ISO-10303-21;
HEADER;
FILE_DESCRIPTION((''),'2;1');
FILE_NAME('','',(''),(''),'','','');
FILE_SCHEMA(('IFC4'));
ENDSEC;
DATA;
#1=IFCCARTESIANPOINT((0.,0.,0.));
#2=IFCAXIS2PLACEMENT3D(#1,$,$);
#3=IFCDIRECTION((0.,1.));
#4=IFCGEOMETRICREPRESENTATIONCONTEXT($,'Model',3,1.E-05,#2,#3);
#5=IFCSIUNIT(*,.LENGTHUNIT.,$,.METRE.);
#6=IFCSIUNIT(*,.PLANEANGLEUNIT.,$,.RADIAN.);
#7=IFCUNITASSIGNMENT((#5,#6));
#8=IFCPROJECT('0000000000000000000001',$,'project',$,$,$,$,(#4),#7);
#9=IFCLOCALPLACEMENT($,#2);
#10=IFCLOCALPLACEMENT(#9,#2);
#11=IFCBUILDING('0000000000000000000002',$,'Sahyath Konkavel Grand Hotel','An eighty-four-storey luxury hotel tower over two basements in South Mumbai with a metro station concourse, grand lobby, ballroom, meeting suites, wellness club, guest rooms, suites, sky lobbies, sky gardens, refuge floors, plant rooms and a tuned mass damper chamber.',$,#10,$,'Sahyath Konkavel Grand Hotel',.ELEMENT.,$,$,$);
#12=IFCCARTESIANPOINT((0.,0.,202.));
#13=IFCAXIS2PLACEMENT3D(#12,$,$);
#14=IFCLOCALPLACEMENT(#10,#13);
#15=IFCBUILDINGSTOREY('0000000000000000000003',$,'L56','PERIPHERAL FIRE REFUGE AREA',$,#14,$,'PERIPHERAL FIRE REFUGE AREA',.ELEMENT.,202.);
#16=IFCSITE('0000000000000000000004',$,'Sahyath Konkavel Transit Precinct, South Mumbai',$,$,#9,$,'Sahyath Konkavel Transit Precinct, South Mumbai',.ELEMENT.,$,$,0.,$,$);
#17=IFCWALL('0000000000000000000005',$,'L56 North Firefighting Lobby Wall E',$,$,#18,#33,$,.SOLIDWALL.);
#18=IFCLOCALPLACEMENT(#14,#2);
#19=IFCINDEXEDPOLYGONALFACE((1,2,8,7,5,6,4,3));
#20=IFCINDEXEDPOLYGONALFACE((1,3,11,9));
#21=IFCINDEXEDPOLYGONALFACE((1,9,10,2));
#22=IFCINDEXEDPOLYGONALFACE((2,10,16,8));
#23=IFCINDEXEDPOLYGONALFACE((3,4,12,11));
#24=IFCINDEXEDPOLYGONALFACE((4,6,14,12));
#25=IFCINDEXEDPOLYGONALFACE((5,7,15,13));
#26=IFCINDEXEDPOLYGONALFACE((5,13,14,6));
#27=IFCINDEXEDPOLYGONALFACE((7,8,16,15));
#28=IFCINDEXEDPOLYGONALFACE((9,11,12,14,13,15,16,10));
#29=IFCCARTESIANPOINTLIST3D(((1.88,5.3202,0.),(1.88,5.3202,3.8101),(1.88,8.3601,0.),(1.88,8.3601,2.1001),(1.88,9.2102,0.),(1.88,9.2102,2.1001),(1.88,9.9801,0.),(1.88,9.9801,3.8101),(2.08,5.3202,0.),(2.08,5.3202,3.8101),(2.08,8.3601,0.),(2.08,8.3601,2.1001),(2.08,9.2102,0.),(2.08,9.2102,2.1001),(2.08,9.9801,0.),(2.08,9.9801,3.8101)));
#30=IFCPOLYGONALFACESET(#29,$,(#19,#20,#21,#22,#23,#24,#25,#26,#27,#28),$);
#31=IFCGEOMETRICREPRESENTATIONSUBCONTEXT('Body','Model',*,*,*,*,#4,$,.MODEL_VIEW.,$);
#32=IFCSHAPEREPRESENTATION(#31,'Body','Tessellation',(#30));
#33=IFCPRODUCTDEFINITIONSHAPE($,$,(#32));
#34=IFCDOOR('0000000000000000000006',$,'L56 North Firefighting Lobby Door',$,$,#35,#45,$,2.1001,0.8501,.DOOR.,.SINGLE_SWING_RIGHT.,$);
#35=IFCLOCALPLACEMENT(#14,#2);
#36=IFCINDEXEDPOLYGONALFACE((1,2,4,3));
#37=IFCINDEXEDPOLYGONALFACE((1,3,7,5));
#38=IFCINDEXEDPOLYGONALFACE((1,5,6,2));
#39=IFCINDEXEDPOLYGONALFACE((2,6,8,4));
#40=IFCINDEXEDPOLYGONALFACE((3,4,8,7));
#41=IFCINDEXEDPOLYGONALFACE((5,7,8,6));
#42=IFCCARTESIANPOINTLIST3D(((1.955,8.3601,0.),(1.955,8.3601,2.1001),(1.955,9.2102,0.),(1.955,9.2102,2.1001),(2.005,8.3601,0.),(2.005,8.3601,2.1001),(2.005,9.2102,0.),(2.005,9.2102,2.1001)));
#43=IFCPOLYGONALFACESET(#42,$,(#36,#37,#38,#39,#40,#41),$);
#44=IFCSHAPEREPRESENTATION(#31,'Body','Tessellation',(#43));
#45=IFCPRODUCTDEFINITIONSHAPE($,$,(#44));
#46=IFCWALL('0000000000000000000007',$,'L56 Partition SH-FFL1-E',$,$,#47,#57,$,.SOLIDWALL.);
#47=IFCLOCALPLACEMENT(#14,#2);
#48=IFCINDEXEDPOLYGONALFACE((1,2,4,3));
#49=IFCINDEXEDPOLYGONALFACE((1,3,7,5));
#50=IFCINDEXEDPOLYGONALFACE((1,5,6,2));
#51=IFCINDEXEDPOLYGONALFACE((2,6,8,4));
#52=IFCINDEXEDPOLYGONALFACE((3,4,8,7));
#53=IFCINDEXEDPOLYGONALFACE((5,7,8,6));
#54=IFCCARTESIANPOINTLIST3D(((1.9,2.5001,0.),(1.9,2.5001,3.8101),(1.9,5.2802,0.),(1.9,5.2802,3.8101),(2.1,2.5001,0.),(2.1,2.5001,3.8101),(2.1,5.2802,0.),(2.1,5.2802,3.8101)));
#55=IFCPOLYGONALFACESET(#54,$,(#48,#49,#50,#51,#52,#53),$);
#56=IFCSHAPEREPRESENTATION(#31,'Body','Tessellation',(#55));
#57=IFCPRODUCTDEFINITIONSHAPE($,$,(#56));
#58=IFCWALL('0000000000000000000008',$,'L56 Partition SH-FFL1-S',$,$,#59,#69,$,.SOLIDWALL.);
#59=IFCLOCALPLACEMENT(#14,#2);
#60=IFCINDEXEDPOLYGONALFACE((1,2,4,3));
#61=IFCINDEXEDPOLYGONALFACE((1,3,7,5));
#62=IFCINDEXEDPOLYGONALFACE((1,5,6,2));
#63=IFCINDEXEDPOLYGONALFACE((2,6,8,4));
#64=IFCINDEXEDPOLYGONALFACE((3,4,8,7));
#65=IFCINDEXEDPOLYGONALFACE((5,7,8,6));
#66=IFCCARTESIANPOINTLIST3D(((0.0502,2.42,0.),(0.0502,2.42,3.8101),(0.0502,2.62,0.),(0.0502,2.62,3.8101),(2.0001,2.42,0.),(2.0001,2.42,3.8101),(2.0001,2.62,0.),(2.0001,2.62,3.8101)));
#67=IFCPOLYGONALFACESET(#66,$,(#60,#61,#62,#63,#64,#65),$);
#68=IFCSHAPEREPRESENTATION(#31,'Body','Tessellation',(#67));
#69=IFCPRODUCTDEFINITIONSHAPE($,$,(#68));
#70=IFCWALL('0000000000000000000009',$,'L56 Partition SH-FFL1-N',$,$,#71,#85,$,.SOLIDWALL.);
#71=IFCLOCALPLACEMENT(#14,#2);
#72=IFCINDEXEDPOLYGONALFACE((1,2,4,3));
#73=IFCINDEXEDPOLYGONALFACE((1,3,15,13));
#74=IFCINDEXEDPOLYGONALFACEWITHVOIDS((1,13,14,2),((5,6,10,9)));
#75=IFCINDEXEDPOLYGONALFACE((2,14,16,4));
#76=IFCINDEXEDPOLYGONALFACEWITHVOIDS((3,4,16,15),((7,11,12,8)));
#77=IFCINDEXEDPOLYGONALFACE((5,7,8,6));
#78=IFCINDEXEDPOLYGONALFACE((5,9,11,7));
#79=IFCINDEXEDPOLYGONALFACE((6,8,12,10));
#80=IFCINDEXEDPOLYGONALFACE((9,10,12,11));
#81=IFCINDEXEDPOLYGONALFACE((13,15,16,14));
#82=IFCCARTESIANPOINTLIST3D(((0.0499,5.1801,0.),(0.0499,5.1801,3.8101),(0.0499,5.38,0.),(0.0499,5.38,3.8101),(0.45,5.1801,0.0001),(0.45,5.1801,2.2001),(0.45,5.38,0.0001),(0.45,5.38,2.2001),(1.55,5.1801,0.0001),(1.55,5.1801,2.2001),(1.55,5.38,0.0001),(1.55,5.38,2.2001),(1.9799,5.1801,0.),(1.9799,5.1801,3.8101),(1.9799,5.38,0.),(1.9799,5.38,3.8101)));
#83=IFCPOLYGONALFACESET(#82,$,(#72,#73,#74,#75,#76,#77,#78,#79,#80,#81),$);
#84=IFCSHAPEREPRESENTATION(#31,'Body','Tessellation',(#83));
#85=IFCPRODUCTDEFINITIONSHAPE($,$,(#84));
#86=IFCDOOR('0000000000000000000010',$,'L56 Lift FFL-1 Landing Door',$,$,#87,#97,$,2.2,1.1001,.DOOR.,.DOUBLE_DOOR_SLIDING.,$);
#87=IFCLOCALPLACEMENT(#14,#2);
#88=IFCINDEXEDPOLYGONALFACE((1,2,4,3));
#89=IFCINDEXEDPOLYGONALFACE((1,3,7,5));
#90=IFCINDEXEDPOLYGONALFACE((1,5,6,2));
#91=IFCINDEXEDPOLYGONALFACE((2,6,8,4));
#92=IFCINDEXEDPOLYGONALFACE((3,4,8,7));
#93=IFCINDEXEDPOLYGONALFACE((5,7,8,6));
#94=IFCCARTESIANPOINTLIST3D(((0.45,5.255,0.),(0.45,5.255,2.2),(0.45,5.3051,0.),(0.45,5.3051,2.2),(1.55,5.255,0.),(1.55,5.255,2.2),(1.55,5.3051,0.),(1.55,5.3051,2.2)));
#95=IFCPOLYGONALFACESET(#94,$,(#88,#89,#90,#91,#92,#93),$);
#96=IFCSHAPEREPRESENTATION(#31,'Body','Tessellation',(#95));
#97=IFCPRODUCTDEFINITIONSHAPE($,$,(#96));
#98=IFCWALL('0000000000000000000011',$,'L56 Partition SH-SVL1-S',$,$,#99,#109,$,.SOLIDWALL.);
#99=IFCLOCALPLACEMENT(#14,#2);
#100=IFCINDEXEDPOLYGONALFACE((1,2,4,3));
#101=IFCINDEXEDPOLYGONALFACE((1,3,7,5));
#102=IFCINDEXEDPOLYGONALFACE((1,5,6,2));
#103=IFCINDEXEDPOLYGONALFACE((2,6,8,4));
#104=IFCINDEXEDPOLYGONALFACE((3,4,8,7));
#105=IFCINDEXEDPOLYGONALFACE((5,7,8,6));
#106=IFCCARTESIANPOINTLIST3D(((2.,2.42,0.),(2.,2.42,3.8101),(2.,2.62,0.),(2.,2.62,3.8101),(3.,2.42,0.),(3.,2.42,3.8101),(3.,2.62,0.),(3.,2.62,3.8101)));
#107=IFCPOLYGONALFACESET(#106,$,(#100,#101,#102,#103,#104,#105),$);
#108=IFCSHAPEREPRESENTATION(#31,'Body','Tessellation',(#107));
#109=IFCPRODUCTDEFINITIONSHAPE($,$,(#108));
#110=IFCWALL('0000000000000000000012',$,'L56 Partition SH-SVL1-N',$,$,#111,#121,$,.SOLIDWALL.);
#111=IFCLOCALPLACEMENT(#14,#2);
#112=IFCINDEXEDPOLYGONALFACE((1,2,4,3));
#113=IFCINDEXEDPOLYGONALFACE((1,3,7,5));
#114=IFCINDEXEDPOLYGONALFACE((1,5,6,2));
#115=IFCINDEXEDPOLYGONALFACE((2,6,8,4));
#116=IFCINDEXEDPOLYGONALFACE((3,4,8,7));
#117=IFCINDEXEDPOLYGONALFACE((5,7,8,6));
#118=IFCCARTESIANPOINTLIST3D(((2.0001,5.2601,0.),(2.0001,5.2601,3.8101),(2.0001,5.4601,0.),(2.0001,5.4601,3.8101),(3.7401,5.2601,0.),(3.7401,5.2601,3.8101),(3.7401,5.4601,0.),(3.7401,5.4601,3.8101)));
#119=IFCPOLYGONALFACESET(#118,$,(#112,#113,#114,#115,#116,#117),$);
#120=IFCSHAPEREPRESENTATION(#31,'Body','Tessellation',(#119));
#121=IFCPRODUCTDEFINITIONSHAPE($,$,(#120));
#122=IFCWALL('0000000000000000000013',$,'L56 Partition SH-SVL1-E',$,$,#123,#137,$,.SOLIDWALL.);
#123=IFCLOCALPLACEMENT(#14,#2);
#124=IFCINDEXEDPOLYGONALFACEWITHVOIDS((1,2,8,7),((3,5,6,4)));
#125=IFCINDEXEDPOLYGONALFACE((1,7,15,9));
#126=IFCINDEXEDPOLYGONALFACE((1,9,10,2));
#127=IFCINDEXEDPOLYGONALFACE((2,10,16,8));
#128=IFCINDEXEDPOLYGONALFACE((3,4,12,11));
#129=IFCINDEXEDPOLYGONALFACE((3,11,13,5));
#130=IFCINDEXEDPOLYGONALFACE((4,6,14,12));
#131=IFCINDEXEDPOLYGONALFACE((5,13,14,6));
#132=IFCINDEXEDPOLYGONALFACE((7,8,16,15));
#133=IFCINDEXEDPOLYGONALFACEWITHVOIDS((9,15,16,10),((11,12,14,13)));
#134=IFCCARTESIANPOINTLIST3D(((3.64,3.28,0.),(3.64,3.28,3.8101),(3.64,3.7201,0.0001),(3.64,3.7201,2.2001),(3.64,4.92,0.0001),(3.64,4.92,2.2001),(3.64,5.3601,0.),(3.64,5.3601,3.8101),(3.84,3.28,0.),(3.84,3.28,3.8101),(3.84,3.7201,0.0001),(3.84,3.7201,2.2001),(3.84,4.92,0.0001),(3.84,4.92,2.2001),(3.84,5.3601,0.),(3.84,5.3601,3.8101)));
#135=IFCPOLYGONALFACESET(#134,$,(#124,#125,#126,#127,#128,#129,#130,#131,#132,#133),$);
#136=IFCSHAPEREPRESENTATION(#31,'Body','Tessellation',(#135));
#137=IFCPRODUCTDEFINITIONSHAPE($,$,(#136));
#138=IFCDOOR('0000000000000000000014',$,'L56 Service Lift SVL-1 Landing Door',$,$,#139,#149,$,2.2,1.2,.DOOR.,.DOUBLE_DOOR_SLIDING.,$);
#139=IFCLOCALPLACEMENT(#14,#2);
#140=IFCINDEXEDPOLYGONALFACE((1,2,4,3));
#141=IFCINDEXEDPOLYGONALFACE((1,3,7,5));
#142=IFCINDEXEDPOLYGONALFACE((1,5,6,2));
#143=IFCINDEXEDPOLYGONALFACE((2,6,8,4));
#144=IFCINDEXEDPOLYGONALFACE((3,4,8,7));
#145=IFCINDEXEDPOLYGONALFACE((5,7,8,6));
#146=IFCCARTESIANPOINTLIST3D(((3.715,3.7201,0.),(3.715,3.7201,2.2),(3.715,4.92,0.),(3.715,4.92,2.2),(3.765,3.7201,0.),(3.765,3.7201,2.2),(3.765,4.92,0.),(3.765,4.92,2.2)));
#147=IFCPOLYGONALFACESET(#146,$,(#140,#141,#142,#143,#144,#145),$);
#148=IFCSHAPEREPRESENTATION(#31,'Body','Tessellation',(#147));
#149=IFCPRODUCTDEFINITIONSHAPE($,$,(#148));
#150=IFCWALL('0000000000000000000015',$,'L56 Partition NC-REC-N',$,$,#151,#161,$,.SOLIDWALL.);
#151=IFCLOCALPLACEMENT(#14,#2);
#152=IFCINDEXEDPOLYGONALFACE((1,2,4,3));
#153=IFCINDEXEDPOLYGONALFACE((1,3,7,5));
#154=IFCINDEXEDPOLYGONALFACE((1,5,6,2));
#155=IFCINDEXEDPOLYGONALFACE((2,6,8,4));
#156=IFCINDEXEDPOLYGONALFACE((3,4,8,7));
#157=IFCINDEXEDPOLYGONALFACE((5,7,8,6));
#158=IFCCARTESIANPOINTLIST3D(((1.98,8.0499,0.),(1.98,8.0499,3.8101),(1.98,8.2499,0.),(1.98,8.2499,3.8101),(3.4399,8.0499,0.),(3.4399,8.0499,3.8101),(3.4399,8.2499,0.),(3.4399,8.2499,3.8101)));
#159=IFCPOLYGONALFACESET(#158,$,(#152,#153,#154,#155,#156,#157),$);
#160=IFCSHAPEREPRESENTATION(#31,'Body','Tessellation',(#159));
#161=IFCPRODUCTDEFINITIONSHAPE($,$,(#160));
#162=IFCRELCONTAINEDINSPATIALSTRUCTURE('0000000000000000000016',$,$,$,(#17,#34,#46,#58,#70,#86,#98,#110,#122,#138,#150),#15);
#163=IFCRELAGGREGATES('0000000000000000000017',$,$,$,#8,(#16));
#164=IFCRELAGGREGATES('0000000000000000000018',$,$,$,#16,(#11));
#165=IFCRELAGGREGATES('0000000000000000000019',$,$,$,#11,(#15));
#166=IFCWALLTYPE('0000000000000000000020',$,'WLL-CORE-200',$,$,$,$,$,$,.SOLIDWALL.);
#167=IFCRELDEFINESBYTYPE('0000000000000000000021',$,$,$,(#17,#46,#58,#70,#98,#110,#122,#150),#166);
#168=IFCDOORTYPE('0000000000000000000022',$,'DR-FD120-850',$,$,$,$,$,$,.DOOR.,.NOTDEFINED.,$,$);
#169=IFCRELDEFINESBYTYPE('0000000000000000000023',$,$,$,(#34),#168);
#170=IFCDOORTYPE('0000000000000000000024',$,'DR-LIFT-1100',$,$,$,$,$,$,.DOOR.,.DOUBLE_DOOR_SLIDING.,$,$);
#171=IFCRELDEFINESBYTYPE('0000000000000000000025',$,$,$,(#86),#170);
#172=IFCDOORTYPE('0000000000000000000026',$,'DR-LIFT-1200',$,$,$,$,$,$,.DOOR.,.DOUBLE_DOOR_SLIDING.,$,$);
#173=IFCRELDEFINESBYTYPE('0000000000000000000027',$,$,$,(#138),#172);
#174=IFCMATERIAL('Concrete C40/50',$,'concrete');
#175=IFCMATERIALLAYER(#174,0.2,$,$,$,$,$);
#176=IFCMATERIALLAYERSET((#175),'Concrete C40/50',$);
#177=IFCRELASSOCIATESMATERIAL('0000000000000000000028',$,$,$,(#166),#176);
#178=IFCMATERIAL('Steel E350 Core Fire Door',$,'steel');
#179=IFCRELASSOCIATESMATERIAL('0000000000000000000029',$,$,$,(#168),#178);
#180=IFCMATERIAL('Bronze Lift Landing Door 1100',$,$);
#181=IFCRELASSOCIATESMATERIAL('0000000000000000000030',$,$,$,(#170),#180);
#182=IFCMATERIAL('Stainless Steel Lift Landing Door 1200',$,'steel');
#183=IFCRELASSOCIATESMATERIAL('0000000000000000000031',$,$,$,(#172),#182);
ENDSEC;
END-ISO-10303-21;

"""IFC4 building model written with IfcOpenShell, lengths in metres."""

from ifc_helpers import new_model, si_unit, direction, frame, frame_2d, origin, origin_2d, place, context, subcontext, project, spatial, rectangle, extrude, source, transform, mapped, material, layer, layer_set, type_object, element, fill, save


model = new_model("IFC4")

# Units and contexts
model_context = context("Model", 3, precision=1e-05, world=origin(), true_north=direction((0.0, 1.0)))
body_context = subcontext(model_context, "Body", "Model", "MODEL_VIEW")
ifc_project = project(units=[si_unit("LENGTHUNIT", "METRE"), si_unit("PLANEANGLEUNIT", "RADIAN")], contexts=[model_context])

# Site, building, storey
site_placement = place(None, origin())
site = spatial("IfcSite", under=ifc_project, at=site_placement, Name="Sahyath Konkavel Transit Precinct, South Mumbai", LongName="Sahyath Konkavel Transit Precinct, South Mumbai", CompositionType="ELEMENT", RefElevation=0.0)
building_placement = place(site_placement, origin())
building = spatial("IfcBuilding", under=site, at=building_placement, Name="Sahyath Konkavel Grand Hotel", Description="An eighty-four-storey luxury hotel tower over two basements in South Mumbai with a metro station concourse, grand lobby, ballroom, meeting suites, wellness club, guest rooms, suites, sky lobbies, sky gardens, refuge floors, plant rooms and a tuned mass damper chamber.", LongName="Sahyath Konkavel Grand Hotel", CompositionType="ELEMENT")
storey_placement = place(building_placement, frame((0.0, 0.0, 202.0)))
storey = spatial("IfcBuildingStorey", under=building, at=storey_placement, Name="L56", Description="PERIPHERAL FIRE REFUGE AREA", LongName="PERIPHERAL FIRE REFUGE AREA", CompositionType="ELEMENT", Elevation=202.0)

# Shared definitions
ifc_material_1 = material(Name="Concrete C40/50", Category="concrete")

# Wall, opening, door
ifc_layer_1 = layer(ifc_material_1, 0.2)
ifc_layer_set_1 = layer_set([ifc_layer_1], Name="Concrete C40/50")
wall_type = type_object("IfcWallType", Name="WLL-CORE-200", PredefinedType="SOLIDWALL", material=ifc_layer_set_1)
wall_1_placement = place(storey_placement, frame((1.98, 5.3201, 0.0), z_axis=(0.0, 0.0, 1.0), x_axis=(0.0, 1.0, 0.0)))
wall_1 = element("IfcWall", 1, at=wall_1_placement, inside=storey, type_object=wall_type, Name="L56 North Firefighting Lobby Wall E", PredefinedType="SOLIDWALL", context=body_context, shape_type="SweptSolid", body=[
    extrude(rectangle(XDim=4.6599, YDim=0.2, at=frame_2d((2.3301, 0.0))), origin(), (0.0, 0.0, 1.0), 3.8101),
])
opening_1_placement = place(wall_1_placement, frame((3.04, 0.0, 0.0)))
opening_1 = element("IfcOpeningElement", 2, at=opening_1_placement, cuts=wall_1, PredefinedType="OPENING", context=body_context, shape_type="SweptSolid", body=[
    extrude(rectangle(XDim=0.8501, YDim=2.1001, at=frame_2d((0.425, 1.05))), frame((0.0, 0.1099, 0.0), z_axis=(0.0, -1.0, 0.0), x_axis=(1.0, 0.0, 0.0)), (0.0, 0.0, 1.0), 0.22),
])
ifc_material_2 = material(Name="Steel E350 Core Fire Door", Category="steel")
door_type_1 = type_object("IfcDoorType", Name="DR-FD120-850", OperationType="NOTDEFINED", PredefinedType="DOOR", material=ifc_material_2)
shared_shape_1 = source(origin(), body_context, "Body", "SweptSolid", [
    extrude(rectangle(XDim=0.8501, YDim=0.05, at=origin_2d()), origin(), (0.0, 0.0, 1.0), 2.1001),
])
door_1_placement = place(opening_1_placement, frame((0.425, 0.0, 0.0)))
door_1 = element("IfcDoor", 3, at=door_1_placement, inside=storey, type_object=door_type_1, Name="L56 North Firefighting Lobby Door", OperationType="SINGLE_SWING_RIGHT", OverallHeight=2.1001, OverallWidth=0.8501, PredefinedType="DOOR", context=body_context, shape_type="MappedRepresentation", body=[
    mapped(shared_shape_1, transform((0.0, 0.0, 0.0), scale=1.0)),
])
fill(opening_1, door_1)

# Walls
wall_2_placement = place(storey_placement, frame((2.0, 2.5, 0.0), z_axis=(0.0, 0.0, 1.0), x_axis=(0.0, 1.0, 0.0)))
element("IfcWall", 4, at=wall_2_placement, inside=storey, type_object=wall_type, Name="L56 Partition SH-FFL1-E", PredefinedType="SOLIDWALL", context=body_context, shape_type="SweptSolid", body=[
    extrude(rectangle(XDim=2.78, YDim=0.2, at=frame_2d((1.3901, 0.0))), origin(), (0.0, 0.0, 1.0), 3.8101),
])
wall_3_placement = place(storey_placement, frame((0.05, 2.52, 0.0), z_axis=(0.0, 0.0, 1.0), x_axis=(1.0, 0.0, 0.0)))
element("IfcWall", 5, at=wall_3_placement, inside=storey, type_object=wall_type, Name="L56 Partition SH-FFL1-S", PredefinedType="SOLIDWALL", context=body_context, shape_type="SweptSolid", body=[
    extrude(rectangle(XDim=1.95, YDim=0.2, at=frame_2d((0.9751, 0.0))), origin(), (0.0, 0.0, 1.0), 3.8101),
])

# Wall, opening, door
wall_4_placement = place(storey_placement, frame((0.05, 5.28, 0.0), z_axis=(0.0, 0.0, 1.0), x_axis=(1.0, 0.0, 0.0)))
wall_4 = element("IfcWall", 6, at=wall_4_placement, inside=storey, type_object=wall_type, Name="L56 Partition SH-FFL1-N", PredefinedType="SOLIDWALL", context=body_context, shape_type="SweptSolid", body=[
    extrude(rectangle(XDim=1.9299, YDim=0.2, at=frame_2d((0.9648, 0.0))), origin(), (0.0, 0.0, 1.0), 3.8101),
])
opening_2_placement = place(wall_4_placement, frame((0.3999, 0.0, 0.0)))
opening_2 = element("IfcOpeningElement", 7, at=opening_2_placement, cuts=wall_4, PredefinedType="OPENING", context=body_context, shape_type="SweptSolid", body=[
    extrude(rectangle(XDim=1.1001, YDim=2.2, at=frame_2d((0.55, 1.1001))), frame((0.0, 0.1099, 0.0), z_axis=(0.0, -1.0, 0.0), x_axis=(1.0, 0.0, 0.0)), (0.0, 0.0, 1.0), 0.22),
])
ifc_material_3 = material(Name="Bronze Lift Landing Door 1100")
door_type_2 = type_object("IfcDoorType", Name="DR-LIFT-1100", OperationType="DOUBLE_DOOR_SLIDING", PredefinedType="DOOR", material=ifc_material_3)
shared_shape_2 = source(origin(), body_context, "Body", "SweptSolid", [
    extrude(rectangle(XDim=1.1001, YDim=0.05, at=origin_2d()), origin(), (0.0, 0.0, 1.0), 2.2),
])
door_2_placement = place(opening_2_placement, frame((0.55, 0.0, 0.0)))
door_2 = element("IfcDoor", 8, at=door_2_placement, inside=storey, type_object=door_type_2, Name="L56 Lift FFL-1 Landing Door", OperationType="DOUBLE_DOOR_SLIDING", OverallHeight=2.2, OverallWidth=1.1001, PredefinedType="DOOR", context=body_context, shape_type="MappedRepresentation", body=[
    mapped(shared_shape_2, transform((0.0, 0.0, 0.0), scale=1.0)),
])
fill(opening_2, door_2)

# Walls
wall_5_placement = place(storey_placement, frame((2.0, 2.52, 0.0), z_axis=(0.0, 0.0, 1.0), x_axis=(1.0, 0.0, 0.0)))
element("IfcWall", 9, at=wall_5_placement, inside=storey, type_object=wall_type, Name="L56 Partition SH-SVL1-S", PredefinedType="SOLIDWALL", context=body_context, shape_type="SweptSolid", body=[
    extrude(rectangle(XDim=1.0, YDim=0.2, at=frame_2d((0.5, 0.0))), origin(), (0.0, 0.0, 1.0), 3.8101),
])
wall_6_placement = place(storey_placement, frame((2.0, 5.3601, 0.0), z_axis=(0.0, 0.0, 1.0), x_axis=(1.0, 0.0, 0.0)))
element("IfcWall", 10, at=wall_6_placement, inside=storey, type_object=wall_type, Name="L56 Partition SH-SVL1-N", PredefinedType="SOLIDWALL", context=body_context, shape_type="SweptSolid", body=[
    extrude(rectangle(XDim=1.74, YDim=0.2, at=frame_2d((0.8701, 0.0))), origin(), (0.0, 0.0, 1.0), 3.8101),
])

# Wall, opening, door
wall_7_placement = place(storey_placement, frame((3.74, 3.28, 0.0), z_axis=(0.0, 0.0, 1.0), x_axis=(0.0, 1.0, 0.0)))
wall_7 = element("IfcWall", 11, at=wall_7_placement, inside=storey, type_object=wall_type, Name="L56 Partition SH-SVL1-E", PredefinedType="SOLIDWALL", context=body_context, shape_type="SweptSolid", body=[
    extrude(rectangle(XDim=2.0801, YDim=0.2, at=frame_2d((1.04, 0.0))), origin(), (0.0, 0.0, 1.0), 3.8101),
])
opening_3_placement = place(wall_7_placement, frame((0.4399, 0.0, 0.0)))
opening_3 = element("IfcOpeningElement", 12, at=opening_3_placement, cuts=wall_7, PredefinedType="OPENING", context=body_context, shape_type="SweptSolid", body=[
    extrude(rectangle(XDim=1.2, YDim=2.2, at=frame_2d((0.6001, 1.1001))), frame((0.0, 0.1099, 0.0), z_axis=(0.0, -1.0, 0.0), x_axis=(1.0, 0.0, 0.0)), (0.0, 0.0, 1.0), 0.22),
])
ifc_material_4 = material(Name="Stainless Steel Lift Landing Door 1200", Category="steel")
door_type_3 = type_object("IfcDoorType", Name="DR-LIFT-1200", OperationType="DOUBLE_DOOR_SLIDING", PredefinedType="DOOR", material=ifc_material_4)
shared_shape_3 = source(origin(), body_context, "Body", "SweptSolid", [
    extrude(rectangle(XDim=1.2, YDim=0.05, at=origin_2d()), origin(), (0.0, 0.0, 1.0), 2.2),
])
door_3_placement = place(opening_3_placement, frame((0.6001, 0.0, 0.0)))
door_3 = element("IfcDoor", 13, at=door_3_placement, inside=storey, type_object=door_type_3, Name="L56 Service Lift SVL-1 Landing Door", OperationType="DOUBLE_DOOR_SLIDING", OverallHeight=2.2, OverallWidth=1.2, PredefinedType="DOOR", context=body_context, shape_type="MappedRepresentation", body=[
    mapped(shared_shape_3, transform((0.0, 0.0, 0.0), scale=1.0)),
])
fill(opening_3, door_3)

# Wall
wall_8_placement = place(storey_placement, frame((1.98, 8.1499, 0.0), z_axis=(0.0, 0.0, 1.0), x_axis=(1.0, 0.0, 0.0)))
element("IfcWall", 14, at=wall_8_placement, inside=storey, type_object=wall_type, Name="L56 Partition NC-REC-N", PredefinedType="SOLIDWALL", context=body_context, shape_type="SweptSolid", body=[
    extrude(rectangle(XDim=1.46, YDim=0.2, at=frame_2d((0.73, 0.0))), origin(), (0.0, 0.0, 1.0), 3.8101),
])

save(model, "model.ifc")
